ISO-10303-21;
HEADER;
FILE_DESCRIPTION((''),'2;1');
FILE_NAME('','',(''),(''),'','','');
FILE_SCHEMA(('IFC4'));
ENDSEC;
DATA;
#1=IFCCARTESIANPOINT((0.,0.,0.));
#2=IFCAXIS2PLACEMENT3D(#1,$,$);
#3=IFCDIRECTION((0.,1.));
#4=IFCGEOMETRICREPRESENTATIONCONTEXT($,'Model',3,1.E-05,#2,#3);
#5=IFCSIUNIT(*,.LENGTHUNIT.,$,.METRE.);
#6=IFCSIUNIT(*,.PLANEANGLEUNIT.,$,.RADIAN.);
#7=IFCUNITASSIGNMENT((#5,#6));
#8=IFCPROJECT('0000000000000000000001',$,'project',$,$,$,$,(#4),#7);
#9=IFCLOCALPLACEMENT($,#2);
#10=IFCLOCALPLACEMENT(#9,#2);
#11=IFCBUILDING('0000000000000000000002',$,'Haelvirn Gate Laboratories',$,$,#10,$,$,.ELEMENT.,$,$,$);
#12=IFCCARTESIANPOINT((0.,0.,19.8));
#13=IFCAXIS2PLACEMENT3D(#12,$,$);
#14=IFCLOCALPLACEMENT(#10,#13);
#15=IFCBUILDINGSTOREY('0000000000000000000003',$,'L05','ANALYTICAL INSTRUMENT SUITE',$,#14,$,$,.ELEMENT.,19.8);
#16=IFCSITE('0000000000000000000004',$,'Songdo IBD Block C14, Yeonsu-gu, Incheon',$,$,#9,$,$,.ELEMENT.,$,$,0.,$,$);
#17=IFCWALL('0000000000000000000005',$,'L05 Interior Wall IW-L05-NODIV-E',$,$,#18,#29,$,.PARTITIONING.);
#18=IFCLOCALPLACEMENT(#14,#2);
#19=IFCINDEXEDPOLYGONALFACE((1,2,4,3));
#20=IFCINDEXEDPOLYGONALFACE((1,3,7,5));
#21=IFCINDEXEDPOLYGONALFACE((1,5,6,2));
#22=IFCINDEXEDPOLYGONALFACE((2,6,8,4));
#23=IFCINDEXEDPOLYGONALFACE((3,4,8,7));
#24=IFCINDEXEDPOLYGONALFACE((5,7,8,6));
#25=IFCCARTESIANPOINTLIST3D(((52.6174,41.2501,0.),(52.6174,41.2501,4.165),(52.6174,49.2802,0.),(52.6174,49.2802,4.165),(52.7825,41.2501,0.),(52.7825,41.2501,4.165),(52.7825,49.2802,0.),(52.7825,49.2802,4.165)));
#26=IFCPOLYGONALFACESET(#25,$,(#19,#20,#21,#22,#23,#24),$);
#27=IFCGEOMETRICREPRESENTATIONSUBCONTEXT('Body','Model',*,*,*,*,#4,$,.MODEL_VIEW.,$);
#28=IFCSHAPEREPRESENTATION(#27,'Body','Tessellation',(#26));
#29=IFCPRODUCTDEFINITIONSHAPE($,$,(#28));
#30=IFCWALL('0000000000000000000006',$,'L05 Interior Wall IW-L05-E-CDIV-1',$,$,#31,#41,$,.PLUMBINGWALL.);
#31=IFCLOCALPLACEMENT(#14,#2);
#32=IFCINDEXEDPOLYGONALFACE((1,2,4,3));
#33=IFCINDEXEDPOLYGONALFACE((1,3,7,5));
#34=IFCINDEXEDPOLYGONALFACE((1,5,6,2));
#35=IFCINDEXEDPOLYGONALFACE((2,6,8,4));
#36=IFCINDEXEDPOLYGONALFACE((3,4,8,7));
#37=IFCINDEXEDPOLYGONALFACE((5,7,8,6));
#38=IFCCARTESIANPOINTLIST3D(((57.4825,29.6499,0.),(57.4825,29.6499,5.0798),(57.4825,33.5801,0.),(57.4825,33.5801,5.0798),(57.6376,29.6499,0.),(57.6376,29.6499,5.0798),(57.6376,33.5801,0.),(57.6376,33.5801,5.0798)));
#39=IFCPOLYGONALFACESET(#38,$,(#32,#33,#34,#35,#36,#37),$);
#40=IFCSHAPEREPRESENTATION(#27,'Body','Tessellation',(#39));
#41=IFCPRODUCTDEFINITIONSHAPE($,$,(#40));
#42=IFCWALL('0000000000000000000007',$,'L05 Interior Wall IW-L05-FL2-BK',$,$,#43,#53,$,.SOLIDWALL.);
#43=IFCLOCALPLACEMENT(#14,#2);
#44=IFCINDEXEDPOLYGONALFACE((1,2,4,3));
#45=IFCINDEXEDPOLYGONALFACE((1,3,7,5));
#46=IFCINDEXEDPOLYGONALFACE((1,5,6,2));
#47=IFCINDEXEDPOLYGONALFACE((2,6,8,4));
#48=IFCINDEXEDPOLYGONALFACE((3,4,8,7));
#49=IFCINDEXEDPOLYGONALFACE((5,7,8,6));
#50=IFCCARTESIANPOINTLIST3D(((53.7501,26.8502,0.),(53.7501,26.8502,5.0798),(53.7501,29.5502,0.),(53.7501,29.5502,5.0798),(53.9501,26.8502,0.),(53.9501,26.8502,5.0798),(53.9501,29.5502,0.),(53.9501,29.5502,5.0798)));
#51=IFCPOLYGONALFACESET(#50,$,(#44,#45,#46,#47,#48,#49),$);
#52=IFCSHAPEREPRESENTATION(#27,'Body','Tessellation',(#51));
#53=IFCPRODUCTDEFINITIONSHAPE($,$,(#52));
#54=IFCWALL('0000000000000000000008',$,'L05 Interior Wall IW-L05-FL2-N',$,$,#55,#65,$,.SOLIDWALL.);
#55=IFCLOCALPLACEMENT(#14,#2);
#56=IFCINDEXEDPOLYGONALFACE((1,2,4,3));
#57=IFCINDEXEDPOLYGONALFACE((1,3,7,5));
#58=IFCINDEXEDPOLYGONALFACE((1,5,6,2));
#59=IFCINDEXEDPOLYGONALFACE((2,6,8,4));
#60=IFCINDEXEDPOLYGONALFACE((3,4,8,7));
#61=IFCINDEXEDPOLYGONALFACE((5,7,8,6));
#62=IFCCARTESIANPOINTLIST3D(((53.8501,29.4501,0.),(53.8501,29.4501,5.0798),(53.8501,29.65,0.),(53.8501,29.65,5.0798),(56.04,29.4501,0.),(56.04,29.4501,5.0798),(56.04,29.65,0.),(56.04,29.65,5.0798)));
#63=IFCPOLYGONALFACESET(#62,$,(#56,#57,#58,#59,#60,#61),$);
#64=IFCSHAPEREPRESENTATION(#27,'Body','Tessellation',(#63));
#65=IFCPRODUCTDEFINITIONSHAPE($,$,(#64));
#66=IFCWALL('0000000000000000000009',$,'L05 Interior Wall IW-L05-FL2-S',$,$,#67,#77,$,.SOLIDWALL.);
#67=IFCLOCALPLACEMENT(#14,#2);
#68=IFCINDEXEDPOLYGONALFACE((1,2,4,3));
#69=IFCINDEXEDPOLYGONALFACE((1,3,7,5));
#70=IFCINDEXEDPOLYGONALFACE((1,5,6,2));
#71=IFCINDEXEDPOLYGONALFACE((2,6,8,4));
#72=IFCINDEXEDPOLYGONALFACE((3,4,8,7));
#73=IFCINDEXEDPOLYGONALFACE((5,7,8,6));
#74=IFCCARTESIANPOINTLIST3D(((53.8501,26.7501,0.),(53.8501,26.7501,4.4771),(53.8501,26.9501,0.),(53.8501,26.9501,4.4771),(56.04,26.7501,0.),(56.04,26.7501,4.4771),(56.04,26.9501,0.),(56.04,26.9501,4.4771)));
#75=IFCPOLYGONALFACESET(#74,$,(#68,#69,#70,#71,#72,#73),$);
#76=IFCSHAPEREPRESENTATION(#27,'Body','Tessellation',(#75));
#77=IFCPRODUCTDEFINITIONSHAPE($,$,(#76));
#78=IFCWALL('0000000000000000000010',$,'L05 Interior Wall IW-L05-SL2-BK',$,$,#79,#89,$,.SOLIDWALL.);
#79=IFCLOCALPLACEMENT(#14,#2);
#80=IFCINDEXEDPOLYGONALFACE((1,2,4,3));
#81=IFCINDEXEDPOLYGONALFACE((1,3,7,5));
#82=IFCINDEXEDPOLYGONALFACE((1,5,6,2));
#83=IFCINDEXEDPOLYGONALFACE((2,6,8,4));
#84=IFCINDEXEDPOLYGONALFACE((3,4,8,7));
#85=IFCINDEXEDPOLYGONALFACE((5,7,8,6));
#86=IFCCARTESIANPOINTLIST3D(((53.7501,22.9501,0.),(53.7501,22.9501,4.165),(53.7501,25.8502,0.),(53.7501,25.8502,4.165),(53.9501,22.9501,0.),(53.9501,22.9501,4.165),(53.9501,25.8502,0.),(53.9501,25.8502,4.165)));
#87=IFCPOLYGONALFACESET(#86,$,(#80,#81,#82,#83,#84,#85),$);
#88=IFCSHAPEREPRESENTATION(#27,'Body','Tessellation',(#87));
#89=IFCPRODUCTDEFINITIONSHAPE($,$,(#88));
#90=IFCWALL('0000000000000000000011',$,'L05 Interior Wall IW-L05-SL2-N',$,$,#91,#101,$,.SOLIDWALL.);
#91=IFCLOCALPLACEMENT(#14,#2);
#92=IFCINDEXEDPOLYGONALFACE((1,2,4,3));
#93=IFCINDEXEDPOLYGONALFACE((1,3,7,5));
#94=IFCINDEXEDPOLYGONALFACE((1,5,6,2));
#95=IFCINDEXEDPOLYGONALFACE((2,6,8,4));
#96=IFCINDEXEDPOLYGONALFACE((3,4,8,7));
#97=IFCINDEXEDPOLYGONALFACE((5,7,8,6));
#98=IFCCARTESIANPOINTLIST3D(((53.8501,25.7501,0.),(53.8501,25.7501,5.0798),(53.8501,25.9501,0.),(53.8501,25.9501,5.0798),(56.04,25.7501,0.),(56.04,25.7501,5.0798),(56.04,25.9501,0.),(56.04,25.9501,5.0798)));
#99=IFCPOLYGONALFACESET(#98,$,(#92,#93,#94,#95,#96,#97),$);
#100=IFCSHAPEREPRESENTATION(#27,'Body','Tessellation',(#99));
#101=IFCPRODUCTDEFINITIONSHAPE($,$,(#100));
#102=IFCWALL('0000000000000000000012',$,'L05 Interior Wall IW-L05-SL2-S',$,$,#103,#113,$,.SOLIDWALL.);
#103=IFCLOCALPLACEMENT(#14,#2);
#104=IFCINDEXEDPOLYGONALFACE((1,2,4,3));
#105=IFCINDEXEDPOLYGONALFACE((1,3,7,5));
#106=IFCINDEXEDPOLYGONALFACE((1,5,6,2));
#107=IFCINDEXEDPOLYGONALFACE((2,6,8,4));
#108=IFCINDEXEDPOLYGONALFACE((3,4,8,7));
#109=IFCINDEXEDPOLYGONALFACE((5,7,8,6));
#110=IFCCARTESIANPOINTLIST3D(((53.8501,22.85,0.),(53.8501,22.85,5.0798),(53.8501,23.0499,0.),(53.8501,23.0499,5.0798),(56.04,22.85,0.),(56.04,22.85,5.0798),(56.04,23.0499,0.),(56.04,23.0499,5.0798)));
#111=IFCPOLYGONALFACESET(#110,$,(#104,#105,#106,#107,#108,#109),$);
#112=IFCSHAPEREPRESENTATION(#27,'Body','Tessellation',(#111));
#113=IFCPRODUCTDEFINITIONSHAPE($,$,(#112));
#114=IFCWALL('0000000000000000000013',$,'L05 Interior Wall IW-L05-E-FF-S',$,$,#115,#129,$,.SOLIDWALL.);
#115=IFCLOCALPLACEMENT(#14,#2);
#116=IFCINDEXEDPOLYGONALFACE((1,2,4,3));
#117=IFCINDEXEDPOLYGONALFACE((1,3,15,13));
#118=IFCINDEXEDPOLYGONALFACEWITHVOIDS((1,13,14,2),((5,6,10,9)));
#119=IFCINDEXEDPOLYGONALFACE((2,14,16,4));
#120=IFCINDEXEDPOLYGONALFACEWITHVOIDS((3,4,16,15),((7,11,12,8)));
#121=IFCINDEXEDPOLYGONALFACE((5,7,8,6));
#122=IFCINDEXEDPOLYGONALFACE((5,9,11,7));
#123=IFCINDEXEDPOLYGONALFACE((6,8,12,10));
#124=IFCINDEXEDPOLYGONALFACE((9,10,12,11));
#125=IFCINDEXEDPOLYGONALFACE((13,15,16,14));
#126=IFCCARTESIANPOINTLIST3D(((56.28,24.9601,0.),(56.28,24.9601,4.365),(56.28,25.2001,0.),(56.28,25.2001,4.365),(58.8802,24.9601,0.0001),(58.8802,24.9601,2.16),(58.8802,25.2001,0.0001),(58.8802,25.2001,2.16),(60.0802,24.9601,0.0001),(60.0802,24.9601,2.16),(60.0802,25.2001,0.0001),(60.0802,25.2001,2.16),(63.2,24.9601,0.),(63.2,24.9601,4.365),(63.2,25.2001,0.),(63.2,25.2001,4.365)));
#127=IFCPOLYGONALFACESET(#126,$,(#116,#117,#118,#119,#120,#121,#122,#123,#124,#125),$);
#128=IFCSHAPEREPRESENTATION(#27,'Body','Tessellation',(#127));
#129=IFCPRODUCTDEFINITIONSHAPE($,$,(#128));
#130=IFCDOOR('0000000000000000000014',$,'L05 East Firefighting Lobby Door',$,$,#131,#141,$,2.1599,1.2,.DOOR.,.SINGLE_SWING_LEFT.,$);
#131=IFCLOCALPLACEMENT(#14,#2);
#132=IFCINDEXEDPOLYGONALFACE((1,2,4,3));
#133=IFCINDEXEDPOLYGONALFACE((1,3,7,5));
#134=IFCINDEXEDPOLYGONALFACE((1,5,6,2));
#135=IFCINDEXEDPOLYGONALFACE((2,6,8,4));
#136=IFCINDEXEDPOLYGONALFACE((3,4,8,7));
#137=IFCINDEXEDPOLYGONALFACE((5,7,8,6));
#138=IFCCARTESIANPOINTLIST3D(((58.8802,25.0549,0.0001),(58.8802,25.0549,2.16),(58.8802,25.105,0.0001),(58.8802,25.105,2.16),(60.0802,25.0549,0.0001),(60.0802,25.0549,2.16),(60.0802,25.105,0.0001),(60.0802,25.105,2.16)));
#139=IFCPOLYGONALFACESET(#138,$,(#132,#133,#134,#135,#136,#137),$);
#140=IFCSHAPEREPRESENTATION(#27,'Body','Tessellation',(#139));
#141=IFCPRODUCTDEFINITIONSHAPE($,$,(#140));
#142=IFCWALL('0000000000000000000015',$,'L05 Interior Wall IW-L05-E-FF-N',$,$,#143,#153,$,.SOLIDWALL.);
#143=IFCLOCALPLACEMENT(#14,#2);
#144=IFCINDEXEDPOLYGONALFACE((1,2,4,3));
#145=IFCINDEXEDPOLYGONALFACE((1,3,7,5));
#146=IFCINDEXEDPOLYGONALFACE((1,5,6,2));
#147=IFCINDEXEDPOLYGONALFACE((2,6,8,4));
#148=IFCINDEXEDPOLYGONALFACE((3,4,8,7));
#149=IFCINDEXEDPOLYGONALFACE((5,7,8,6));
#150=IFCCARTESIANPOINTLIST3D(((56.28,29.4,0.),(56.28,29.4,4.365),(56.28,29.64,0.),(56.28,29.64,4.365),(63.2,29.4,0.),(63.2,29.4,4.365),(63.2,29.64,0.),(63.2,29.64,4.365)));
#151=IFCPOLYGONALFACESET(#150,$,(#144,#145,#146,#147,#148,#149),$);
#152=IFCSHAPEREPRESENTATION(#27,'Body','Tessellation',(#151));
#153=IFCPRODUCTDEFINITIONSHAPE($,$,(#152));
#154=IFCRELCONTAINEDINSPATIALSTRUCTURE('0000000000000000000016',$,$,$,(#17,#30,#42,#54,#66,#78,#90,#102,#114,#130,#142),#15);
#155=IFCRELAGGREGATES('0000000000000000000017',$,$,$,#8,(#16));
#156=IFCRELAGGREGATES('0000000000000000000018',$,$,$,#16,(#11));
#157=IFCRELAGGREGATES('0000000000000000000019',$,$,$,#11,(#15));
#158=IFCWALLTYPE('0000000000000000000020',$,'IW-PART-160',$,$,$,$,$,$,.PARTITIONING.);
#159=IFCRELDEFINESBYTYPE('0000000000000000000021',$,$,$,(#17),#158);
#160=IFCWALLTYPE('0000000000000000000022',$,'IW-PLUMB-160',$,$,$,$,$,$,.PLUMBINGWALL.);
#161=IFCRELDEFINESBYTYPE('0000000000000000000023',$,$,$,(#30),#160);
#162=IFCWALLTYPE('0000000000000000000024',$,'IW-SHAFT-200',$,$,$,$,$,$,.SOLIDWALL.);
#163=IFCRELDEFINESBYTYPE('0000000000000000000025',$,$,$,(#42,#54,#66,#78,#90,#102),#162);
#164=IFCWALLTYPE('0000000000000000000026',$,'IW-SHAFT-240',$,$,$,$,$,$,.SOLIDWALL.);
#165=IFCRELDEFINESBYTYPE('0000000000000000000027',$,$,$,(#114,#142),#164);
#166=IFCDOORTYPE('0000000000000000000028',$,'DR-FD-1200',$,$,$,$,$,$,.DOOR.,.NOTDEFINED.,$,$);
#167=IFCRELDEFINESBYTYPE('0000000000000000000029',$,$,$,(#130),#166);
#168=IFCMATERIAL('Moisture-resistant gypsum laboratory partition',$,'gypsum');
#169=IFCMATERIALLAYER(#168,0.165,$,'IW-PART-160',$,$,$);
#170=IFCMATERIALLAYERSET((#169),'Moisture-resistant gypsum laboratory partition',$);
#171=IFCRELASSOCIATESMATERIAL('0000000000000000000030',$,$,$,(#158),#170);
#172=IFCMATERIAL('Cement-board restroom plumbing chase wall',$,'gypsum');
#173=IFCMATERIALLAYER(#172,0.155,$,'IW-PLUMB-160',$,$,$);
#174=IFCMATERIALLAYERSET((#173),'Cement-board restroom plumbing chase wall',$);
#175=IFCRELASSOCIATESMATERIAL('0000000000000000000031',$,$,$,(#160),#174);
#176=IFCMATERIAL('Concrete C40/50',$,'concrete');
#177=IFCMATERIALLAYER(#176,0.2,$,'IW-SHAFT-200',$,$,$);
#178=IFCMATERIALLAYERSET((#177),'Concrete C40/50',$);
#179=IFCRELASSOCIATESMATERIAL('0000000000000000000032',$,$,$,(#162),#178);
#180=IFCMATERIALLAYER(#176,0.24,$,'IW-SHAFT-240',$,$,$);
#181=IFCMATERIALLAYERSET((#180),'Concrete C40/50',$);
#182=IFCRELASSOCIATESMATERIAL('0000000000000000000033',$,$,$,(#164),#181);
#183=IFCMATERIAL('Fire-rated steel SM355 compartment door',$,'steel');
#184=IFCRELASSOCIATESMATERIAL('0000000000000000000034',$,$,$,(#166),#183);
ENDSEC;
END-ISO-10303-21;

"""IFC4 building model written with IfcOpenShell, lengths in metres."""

from ifc_helpers import new_model, si_unit, direction, frame, frame_2d, origin, place, context, subcontext, project, spatial, rectangle, extrude, source, transform, mapped, material, layer, layer_set, type_object, type_shapes, element, fill, save


model = new_model("IFC4")

# Units and contexts
model_context = context("Model", 3, precision=1e-05, world=origin(), true_north=direction((0.0, 1.0)))
body_context = subcontext(model_context, "Body", "Model", "MODEL_VIEW")
ifc_project = project(units=[si_unit("LENGTHUNIT", "METRE"), si_unit("PLANEANGLEUNIT", "RADIAN")], contexts=[model_context])

# Site, building, storey
site_placement = place(None, origin())
site = spatial("IfcSite", under=ifc_project, at=site_placement, Name="Songdo IBD Block C14, Yeonsu-gu, Incheon", CompositionType="ELEMENT", RefElevation=0.0)
building_placement = place(site_placement, origin())
building = spatial("IfcBuilding", under=site, at=building_placement, Name="Haelvirn Gate Laboratories", CompositionType="ELEMENT")
storey_placement = place(building_placement, frame((0.0, 0.0, 19.8)))
storey = spatial("IfcBuildingStorey", under=building, at=storey_placement, Name="L05", Description="ANALYTICAL INSTRUMENT SUITE", CompositionType="ELEMENT", Elevation=19.8)

# Shared definitions
ifc_material_1 = material(Name="Moisture-resistant gypsum laboratory partition", Category="gypsum")
ifc_layer_1 = layer(ifc_material_1, 0.165, Name="IW-PART-160")
ifc_layer_set_1 = layer_set([ifc_layer_1], Name="Moisture-resistant gypsum laboratory partition")
wall_type_1 = type_object("IfcWallType", Name="IW-PART-160", PredefinedType="PARTITIONING", material=ifc_layer_set_1)

# Walls
wall_1_placement = place(storey_placement, frame((52.7, 41.25, 0.0), z_axis=(0.0, 0.0, 1.0), x_axis=(0.0, 1.0, 0.0)))
element("IfcWall", 1, at=wall_1_placement, inside=storey, type_object=wall_type_1, Name="L05 Interior Wall IW-L05-NODIV-E", PredefinedType="PARTITIONING", context=body_context, shape_type="SweptSolid", body=[
    extrude(rectangle(XDim=8.03, YDim=0.165, at=frame_2d((4.0151, 0.0))), origin(), (0.0, 0.0, 1.0), 4.165),
])
ifc_material_2 = material(Name="Cement-board restroom plumbing chase wall", Category="gypsum")
ifc_layer_2 = layer(ifc_material_2, 0.155, Name="IW-PLUMB-160")
ifc_layer_set_2 = layer_set([ifc_layer_2], Name="Cement-board restroom plumbing chase wall")
wall_type_2 = type_object("IfcWallType", Name="IW-PLUMB-160", PredefinedType="PLUMBINGWALL", material=ifc_layer_set_2)
wall_2_placement = place(storey_placement, frame((57.5601, 29.6499, 0.0), z_axis=(0.0, 0.0, 1.0), x_axis=(0.0, 1.0, 0.0)))
element("IfcWall", 2, at=wall_2_placement, inside=storey, type_object=wall_type_2, Name="L05 Interior Wall IW-L05-E-CDIV-1", PredefinedType="PLUMBINGWALL", context=body_context, shape_type="SweptSolid", body=[
    extrude(rectangle(XDim=3.9302, YDim=0.155, at=frame_2d((1.9651, 0.0))), origin(), (0.0, 0.0, 1.0), 5.0798),
])
ifc_material_3 = material(Name="Concrete C40/50", Category="concrete")
ifc_layer_3 = layer(ifc_material_3, 0.2, Name="IW-SHAFT-200")
ifc_layer_set_3 = layer_set([ifc_layer_3], Name="Concrete C40/50")
wall_type_3 = type_object("IfcWallType", Name="IW-SHAFT-200", PredefinedType="SOLIDWALL", material=ifc_layer_set_3)
wall_3_placement = place(storey_placement, frame((53.8501, 26.8501, 0.0), z_axis=(0.0, 0.0, 1.0), x_axis=(0.0, 1.0, 0.0)))
element("IfcWall", 3, at=wall_3_placement, inside=storey, type_object=wall_type_3, Name="L05 Interior Wall IW-L05-FL2-BK", PredefinedType="SOLIDWALL", context=body_context, shape_type="SweptSolid", body=[
    extrude(rectangle(XDim=2.7, YDim=0.2, at=frame_2d((1.3501, 0.0))), origin(), (0.0, 0.0, 1.0), 5.0798),
])
wall_4_placement = place(storey_placement, frame((53.8501, 29.55, 0.0), z_axis=(0.0, 0.0, 1.0), x_axis=(1.0, 0.0, 0.0)))
element("IfcWall", 4, at=wall_4_placement, inside=storey, type_object=wall_type_3, Name="L05 Interior Wall IW-L05-FL2-N", PredefinedType="SOLIDWALL", context=body_context, shape_type="SweptSolid", body=[
    extrude(rectangle(XDim=2.1899, YDim=0.2, at=frame_2d((1.095, 0.0))), origin(), (0.0, 0.0, 1.0), 5.0798),
])
wall_5_placement = place(storey_placement, frame((53.8501, 26.8501, 0.0), z_axis=(0.0, 0.0, 1.0), x_axis=(1.0, 0.0, 0.0)))
element("IfcWall", 5, at=wall_5_placement, inside=storey, type_object=wall_type_3, Name="L05 Interior Wall IW-L05-FL2-S", PredefinedType="SOLIDWALL", context=body_context, shape_type="SweptSolid", body=[
    extrude(rectangle(XDim=2.1899, YDim=0.2, at=frame_2d((1.095, 0.0))), origin(), (0.0, 0.0, 1.0), 4.4771),
])
wall_6_placement = place(storey_placement, frame((53.8501, 22.95, 0.0), z_axis=(0.0, 0.0, 1.0), x_axis=(0.0, 1.0, 0.0)))
element("IfcWall", 6, at=wall_6_placement, inside=storey, type_object=wall_type_3, Name="L05 Interior Wall IW-L05-SL2-BK", PredefinedType="SOLIDWALL", context=body_context, shape_type="SweptSolid", body=[
    extrude(rectangle(XDim=2.9001, YDim=0.2, at=frame_2d((1.4502, 0.0))), origin(), (0.0, 0.0, 1.0), 4.165),
])
for number, where, z_axis, x_axis, name in (
    (7, (53.8501, 25.8501, 0.0), (0.0, 0.0, 1.0), (1.0, 0.0, 0.0), "L05 Interior Wall IW-L05-SL2-N"),
    (8, (53.8501, 22.95, 0.0), (0.0, 0.0, 1.0), (1.0, 0.0, 0.0), "L05 Interior Wall IW-L05-SL2-S"),
):
    element("IfcWall", number, at=place(storey_placement, frame(where, z_axis=z_axis, x_axis=x_axis)), inside=storey, type_object=wall_type_3, Name=name, PredefinedType="SOLIDWALL", context=body_context, shape_type="SweptSolid", body=[
        extrude(rectangle(XDim=2.1899, YDim=0.2, at=frame_2d((1.095, 0.0))), origin(), (0.0, 0.0, 1.0), 5.0798),
    ])

# Wall, opening, door
ifc_layer_4 = layer(ifc_material_3, 0.24, Name="IW-SHAFT-240")
ifc_layer_set_4 = layer_set([ifc_layer_4], Name="Concrete C40/50")
wall_type_4 = type_object("IfcWallType", Name="IW-SHAFT-240", PredefinedType="SOLIDWALL", material=ifc_layer_set_4)
wall_7_placement = place(storey_placement, frame((56.28, 25.0801, 0.0), z_axis=(0.0, 0.0, 1.0), x_axis=(1.0, 0.0, 0.0)))
wall_7 = element("IfcWall", 9, at=wall_7_placement, inside=storey, type_object=wall_type_4, Name="L05 Interior Wall IW-L05-E-FF-S", PredefinedType="SOLIDWALL", context=body_context, shape_type="SweptSolid", body=[
    extrude(rectangle(XDim=6.9199, YDim=0.24, at=frame_2d((3.46, 0.0))), origin(), (0.0, 0.0, 1.0), 4.365),
])
opening_1_placement = place(wall_7_placement, frame((2.6001, 0.0, 0.0)))
opening_1 = element("IfcOpeningElement", 10, at=opening_1_placement, cuts=wall_7, PredefinedType="OPENING", context=body_context, shape_type="SweptSolid", body=[
    extrude(rectangle(XDim=1.2, YDim=2.1599, at=frame_2d((0.6001, 1.0801))), frame((0.0, 0.1299, 0.0), z_axis=(0.0, -1.0, 0.0), x_axis=(1.0, 0.0, 0.0)), (0.0, 0.0, 1.0), 0.26),
])
ifc_material_4 = material(Name="Fire-rated steel SM355 compartment door", Category="steel")
door_type_1 = type_object("IfcDoorType", Name="DR-FD-1200", OperationType="NOTDEFINED", PredefinedType="DOOR", material=ifc_material_4)
shared_shape_1 = source(origin(), body_context, "Body", "SweptSolid", [
    extrude(rectangle(XDim=1.2, YDim=2.1599, at=frame_2d((0.6001, 1.0801))), frame((0.0, 0.0249, 0.0), z_axis=(0.0, -1.0, 0.0), x_axis=(1.0, 0.0, 0.0)), (0.0, 0.0, 1.0), 0.05),
])
type_shapes(door_type_1, [shared_shape_1])
door_1_placement = place(opening_1_placement, origin())
door_1 = element("IfcDoor", 11, at=door_1_placement, inside=storey, type_object=door_type_1, Name="L05 East Firefighting Lobby Door", OperationType="SINGLE_SWING_LEFT", OverallHeight=2.1599, OverallWidth=1.2, PredefinedType="DOOR", context=body_context, shape_type="MappedRepresentation", body=[
    mapped(shared_shape_1, transform((0.0, 0.0, 0.0), scale=1.0)),
])
fill(opening_1, door_1)

# Wall
wall_8_placement = place(storey_placement, frame((56.28, 29.52, 0.0), z_axis=(0.0, 0.0, 1.0), x_axis=(1.0, 0.0, 0.0)))
element("IfcWall", 12, at=wall_8_placement, inside=storey, type_object=wall_type_4, Name="L05 Interior Wall IW-L05-E-FF-N", PredefinedType="SOLIDWALL", context=body_context, shape_type="SweptSolid", body=[
    extrude(rectangle(XDim=6.9199, YDim=0.24, at=frame_2d((3.46, 0.0))), origin(), (0.0, 0.0, 1.0), 4.365),
])

save(model, "model.ifc")
